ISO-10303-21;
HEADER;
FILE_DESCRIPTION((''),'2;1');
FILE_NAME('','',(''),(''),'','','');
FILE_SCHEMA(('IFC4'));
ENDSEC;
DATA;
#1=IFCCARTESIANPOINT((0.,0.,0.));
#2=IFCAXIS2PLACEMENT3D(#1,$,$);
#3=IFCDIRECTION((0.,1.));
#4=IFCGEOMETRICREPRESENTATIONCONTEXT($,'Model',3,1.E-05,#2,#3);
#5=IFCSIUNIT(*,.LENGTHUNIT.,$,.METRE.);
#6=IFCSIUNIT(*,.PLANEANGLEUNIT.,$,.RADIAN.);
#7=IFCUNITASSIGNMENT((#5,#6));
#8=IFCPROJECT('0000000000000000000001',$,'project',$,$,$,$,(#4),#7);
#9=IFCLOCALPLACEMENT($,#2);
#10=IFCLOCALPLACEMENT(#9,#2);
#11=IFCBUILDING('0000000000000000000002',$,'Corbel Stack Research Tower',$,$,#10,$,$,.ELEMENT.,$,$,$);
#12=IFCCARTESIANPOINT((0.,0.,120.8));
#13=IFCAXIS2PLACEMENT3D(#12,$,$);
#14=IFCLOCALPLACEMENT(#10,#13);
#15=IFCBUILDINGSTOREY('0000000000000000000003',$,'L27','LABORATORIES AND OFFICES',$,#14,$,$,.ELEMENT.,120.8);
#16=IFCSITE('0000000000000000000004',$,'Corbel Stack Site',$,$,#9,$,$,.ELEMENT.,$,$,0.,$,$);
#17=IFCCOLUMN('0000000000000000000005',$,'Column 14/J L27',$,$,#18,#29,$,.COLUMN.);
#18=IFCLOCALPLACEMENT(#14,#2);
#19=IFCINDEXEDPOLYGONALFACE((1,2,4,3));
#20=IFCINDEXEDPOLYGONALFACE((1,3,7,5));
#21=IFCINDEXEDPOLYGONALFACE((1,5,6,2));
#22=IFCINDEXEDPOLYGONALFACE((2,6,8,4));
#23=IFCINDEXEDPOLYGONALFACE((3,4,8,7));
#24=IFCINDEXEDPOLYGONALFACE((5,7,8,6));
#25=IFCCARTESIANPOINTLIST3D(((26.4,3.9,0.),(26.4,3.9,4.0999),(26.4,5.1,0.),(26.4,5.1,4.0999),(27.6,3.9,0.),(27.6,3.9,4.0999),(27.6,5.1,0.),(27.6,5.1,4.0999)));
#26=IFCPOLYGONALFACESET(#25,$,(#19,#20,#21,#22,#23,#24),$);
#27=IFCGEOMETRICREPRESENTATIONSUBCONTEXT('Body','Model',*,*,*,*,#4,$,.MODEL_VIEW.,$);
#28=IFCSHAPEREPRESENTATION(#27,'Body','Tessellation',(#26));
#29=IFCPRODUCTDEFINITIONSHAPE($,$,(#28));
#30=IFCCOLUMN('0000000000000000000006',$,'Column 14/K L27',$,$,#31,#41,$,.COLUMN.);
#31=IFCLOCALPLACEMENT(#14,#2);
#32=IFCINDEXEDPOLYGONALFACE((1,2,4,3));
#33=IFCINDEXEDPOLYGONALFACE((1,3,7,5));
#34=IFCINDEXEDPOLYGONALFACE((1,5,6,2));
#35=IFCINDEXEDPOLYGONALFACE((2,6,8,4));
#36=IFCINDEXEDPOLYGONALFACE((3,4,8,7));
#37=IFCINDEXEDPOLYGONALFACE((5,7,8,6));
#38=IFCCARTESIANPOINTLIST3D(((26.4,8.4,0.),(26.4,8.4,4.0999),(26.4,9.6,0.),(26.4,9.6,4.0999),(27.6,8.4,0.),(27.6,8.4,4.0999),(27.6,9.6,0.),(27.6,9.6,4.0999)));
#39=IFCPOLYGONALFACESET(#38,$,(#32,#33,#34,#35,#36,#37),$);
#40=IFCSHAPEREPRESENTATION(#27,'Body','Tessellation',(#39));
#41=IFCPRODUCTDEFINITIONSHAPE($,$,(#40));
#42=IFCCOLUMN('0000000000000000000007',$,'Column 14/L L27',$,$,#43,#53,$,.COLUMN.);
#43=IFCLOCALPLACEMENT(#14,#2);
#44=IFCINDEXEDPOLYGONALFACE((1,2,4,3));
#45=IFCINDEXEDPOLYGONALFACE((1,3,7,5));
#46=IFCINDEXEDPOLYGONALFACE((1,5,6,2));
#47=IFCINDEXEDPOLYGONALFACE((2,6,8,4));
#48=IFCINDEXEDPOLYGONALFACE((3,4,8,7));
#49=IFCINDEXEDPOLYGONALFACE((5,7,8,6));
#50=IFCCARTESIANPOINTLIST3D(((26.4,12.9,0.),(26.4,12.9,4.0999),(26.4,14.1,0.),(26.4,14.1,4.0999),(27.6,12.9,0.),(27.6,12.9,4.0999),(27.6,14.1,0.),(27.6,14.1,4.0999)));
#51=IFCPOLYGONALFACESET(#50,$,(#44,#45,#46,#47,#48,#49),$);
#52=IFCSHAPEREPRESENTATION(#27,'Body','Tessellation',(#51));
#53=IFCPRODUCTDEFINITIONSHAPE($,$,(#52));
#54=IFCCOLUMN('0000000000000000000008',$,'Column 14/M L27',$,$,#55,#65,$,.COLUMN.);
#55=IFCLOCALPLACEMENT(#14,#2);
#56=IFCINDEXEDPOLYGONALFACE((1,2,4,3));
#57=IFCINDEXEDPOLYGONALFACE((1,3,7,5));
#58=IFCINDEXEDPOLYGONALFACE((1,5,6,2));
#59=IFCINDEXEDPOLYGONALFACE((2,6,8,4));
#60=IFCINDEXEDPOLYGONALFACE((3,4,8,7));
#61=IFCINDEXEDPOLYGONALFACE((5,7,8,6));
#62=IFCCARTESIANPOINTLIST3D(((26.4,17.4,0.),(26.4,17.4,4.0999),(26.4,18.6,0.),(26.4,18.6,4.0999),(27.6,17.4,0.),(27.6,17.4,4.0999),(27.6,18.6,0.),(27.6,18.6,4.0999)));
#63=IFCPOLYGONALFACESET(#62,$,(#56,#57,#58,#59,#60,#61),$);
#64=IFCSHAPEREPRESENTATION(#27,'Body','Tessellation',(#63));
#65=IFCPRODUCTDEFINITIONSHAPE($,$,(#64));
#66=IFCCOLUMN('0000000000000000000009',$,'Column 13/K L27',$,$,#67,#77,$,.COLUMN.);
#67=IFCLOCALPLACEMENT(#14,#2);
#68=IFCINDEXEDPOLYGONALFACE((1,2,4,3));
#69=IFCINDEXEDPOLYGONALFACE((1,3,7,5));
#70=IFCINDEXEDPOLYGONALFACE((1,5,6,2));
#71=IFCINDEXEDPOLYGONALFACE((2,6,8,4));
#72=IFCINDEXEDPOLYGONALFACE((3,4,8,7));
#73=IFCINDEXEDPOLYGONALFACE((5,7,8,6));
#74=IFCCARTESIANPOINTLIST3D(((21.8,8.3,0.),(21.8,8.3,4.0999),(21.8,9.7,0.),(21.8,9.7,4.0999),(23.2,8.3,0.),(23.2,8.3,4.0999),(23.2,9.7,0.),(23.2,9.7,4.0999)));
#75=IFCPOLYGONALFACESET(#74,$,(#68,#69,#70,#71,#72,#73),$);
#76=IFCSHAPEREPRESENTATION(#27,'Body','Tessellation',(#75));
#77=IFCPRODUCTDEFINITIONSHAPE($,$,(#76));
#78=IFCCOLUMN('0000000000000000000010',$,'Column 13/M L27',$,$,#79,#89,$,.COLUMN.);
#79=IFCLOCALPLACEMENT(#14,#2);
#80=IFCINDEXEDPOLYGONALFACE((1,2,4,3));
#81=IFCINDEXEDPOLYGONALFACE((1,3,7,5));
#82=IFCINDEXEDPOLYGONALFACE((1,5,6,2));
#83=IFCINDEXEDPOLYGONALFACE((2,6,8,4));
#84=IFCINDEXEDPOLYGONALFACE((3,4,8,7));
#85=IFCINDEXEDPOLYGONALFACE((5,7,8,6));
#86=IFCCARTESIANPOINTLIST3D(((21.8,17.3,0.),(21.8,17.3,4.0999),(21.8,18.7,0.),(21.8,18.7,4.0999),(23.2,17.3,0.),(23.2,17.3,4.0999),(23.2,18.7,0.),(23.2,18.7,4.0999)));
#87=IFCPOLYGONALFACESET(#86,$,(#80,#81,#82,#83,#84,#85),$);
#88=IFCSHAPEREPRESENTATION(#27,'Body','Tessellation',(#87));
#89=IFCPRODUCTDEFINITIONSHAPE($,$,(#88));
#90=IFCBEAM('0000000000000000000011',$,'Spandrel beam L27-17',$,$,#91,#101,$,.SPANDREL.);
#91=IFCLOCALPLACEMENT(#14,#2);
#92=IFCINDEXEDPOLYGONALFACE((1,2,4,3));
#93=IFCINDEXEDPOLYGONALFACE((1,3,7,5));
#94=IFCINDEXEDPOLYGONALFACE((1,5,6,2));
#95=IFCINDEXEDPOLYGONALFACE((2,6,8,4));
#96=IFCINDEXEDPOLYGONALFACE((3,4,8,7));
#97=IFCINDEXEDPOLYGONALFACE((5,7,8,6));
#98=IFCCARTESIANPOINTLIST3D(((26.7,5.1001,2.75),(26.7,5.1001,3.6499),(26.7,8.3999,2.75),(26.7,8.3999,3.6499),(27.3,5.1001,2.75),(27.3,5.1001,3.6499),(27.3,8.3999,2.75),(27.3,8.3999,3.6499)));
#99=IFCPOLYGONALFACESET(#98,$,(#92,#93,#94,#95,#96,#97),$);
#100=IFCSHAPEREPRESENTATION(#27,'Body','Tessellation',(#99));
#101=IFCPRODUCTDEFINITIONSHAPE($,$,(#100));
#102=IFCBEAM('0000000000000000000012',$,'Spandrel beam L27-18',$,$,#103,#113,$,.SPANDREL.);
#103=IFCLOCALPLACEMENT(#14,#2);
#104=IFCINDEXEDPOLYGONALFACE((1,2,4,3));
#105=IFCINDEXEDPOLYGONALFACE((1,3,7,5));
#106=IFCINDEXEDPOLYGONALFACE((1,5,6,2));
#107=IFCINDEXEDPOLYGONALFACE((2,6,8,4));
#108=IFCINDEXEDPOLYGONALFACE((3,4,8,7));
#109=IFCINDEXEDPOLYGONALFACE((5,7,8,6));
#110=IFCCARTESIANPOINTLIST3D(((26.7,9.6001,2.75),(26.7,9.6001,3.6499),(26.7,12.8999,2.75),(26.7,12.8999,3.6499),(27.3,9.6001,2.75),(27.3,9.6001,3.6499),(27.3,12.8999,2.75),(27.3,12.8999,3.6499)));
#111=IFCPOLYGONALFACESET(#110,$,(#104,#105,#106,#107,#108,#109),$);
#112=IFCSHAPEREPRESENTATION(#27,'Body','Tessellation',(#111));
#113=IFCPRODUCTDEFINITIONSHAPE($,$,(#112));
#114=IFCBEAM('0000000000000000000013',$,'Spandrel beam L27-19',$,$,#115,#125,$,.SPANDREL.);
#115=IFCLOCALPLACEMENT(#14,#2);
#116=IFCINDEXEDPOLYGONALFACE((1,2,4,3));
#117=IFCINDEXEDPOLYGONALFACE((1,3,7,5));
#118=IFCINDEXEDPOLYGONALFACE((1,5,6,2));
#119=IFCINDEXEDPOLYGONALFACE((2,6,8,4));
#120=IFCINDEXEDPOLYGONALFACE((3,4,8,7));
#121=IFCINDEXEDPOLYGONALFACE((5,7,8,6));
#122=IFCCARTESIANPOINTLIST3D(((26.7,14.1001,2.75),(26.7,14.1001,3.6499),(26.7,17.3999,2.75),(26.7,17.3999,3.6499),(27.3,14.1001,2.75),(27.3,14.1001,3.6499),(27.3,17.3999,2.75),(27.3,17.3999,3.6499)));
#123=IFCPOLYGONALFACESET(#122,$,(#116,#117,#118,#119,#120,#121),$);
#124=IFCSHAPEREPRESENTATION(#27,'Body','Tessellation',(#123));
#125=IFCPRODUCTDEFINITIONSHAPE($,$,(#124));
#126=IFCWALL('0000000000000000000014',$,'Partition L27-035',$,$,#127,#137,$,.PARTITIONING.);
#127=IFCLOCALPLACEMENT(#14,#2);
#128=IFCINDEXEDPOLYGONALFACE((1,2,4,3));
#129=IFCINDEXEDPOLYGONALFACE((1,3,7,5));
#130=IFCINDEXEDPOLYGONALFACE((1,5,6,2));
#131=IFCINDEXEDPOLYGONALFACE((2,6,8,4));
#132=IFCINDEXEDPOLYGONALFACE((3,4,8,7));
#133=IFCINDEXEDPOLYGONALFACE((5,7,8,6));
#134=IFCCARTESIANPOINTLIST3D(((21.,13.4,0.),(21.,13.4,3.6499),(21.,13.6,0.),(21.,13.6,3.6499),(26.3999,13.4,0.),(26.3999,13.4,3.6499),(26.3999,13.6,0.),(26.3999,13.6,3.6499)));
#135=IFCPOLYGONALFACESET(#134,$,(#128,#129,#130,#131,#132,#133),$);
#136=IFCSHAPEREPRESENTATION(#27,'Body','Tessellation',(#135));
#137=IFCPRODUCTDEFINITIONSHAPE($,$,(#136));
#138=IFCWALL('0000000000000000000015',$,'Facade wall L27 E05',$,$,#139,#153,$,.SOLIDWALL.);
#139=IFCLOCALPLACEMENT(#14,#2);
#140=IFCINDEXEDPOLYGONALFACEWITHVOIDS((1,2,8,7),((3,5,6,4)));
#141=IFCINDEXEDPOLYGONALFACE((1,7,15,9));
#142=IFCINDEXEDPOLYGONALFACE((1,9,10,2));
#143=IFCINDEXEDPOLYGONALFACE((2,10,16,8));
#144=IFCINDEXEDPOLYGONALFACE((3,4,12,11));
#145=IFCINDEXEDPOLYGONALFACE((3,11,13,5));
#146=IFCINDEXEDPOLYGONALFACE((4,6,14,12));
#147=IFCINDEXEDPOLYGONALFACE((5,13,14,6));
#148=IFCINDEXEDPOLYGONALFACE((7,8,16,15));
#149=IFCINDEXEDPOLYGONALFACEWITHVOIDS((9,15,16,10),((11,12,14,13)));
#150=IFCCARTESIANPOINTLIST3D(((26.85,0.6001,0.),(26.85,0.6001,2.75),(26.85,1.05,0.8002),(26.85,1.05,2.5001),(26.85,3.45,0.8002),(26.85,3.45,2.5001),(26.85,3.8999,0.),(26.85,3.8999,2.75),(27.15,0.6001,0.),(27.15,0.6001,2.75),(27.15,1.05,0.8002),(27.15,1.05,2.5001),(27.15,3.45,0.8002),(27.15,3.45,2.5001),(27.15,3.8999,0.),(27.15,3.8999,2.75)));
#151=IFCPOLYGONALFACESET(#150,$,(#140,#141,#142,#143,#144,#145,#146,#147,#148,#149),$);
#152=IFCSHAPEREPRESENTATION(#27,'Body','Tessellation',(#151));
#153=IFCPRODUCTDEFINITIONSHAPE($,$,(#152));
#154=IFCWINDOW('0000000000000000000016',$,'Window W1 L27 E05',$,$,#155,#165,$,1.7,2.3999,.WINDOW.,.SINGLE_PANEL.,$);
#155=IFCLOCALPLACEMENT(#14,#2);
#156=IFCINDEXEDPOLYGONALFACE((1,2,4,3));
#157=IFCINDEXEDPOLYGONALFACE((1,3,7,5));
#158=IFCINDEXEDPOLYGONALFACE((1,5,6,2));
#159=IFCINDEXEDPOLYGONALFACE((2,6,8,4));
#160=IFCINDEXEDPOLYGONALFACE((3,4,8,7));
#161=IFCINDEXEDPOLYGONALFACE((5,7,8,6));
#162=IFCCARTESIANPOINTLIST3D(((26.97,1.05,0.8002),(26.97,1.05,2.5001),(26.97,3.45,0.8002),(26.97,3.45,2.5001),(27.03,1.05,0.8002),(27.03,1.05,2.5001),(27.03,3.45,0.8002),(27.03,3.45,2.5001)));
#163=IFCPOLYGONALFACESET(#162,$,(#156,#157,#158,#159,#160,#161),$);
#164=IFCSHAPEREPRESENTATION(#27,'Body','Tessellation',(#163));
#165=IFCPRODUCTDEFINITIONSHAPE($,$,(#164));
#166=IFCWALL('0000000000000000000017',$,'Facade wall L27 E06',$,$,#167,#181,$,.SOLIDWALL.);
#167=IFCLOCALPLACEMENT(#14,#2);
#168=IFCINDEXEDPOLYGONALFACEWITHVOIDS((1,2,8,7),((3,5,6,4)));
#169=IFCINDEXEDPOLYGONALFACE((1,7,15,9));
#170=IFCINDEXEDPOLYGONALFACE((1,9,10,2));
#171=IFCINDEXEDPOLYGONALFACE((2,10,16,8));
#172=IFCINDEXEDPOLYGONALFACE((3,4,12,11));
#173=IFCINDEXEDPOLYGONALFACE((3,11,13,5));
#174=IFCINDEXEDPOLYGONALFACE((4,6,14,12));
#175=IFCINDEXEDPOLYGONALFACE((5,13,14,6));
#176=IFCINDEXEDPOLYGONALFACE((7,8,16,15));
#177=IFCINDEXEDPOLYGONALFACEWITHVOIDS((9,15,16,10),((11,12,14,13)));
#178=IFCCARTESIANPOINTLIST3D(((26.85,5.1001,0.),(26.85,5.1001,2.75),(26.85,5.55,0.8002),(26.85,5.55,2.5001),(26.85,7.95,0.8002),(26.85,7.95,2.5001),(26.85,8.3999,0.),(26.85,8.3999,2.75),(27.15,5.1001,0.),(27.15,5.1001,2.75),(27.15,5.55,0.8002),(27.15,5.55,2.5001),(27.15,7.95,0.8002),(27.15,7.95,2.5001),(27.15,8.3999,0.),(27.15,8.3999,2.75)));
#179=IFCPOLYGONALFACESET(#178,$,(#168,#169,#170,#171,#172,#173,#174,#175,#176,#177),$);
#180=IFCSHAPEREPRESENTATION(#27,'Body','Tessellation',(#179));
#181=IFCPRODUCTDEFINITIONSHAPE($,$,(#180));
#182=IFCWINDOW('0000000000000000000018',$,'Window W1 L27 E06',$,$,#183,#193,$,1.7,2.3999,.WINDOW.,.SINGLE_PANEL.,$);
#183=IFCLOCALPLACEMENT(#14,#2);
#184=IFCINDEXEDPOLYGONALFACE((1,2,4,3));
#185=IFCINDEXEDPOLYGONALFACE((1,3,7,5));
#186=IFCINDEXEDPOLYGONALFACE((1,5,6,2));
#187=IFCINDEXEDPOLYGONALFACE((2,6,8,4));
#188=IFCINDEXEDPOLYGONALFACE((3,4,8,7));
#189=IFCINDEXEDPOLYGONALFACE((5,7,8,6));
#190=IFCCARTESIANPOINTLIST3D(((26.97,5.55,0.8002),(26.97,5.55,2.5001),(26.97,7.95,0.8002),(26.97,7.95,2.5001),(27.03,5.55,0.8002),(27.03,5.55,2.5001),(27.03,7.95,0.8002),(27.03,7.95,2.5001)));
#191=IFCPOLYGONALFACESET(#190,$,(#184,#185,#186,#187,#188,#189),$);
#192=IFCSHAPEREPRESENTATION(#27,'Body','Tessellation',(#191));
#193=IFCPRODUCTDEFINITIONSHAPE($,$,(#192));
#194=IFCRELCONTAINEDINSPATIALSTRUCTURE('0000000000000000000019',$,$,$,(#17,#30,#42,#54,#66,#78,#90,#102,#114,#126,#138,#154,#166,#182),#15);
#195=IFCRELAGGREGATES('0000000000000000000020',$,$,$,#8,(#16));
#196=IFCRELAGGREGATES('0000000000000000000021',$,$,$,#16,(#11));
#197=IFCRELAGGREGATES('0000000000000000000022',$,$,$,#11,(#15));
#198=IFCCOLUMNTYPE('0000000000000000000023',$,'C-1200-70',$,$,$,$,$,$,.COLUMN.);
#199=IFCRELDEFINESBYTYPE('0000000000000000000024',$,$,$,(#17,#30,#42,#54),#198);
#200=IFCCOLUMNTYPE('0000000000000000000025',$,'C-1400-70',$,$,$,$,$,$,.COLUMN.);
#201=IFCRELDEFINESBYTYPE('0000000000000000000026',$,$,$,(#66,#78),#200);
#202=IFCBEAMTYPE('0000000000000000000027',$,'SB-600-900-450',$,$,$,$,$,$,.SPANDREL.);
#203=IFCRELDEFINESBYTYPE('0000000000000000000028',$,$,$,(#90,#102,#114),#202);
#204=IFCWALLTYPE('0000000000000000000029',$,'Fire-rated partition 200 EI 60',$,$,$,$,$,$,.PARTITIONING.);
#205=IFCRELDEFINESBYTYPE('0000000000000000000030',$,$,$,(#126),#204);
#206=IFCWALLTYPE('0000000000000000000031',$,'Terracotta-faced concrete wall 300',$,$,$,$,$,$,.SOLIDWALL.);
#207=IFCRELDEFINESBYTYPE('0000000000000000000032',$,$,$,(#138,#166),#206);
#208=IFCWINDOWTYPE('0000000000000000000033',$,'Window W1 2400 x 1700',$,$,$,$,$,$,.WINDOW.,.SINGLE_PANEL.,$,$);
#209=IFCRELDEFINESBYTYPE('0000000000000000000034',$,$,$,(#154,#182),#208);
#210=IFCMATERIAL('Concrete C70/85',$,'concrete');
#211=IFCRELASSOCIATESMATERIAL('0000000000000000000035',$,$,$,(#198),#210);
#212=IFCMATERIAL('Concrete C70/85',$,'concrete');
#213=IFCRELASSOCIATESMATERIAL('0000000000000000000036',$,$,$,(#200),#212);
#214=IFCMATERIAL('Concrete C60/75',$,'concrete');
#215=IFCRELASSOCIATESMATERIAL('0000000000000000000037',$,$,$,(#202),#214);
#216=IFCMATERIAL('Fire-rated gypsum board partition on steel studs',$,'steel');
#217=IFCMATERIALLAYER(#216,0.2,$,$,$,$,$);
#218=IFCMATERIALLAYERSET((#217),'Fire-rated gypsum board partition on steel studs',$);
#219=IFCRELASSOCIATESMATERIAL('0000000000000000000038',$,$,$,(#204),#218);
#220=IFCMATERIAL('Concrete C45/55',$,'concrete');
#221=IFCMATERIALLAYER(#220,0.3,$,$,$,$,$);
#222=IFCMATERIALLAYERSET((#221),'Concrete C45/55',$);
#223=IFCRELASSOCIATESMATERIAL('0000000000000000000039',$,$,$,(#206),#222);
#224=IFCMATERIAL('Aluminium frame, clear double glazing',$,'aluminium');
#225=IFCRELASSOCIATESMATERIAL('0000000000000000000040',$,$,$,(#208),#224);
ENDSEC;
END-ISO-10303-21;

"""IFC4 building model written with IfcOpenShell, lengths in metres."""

from ifc_helpers import new_model, si_unit, direction, frame, frame_2d, origin, origin_2d, place, context, subcontext, project, spatial, rectangle, extrude, material, layer, layer_set, material_profile, profile_set, type_object, element, fill, save


model = new_model("IFC4")

# Units and contexts
model_context = context("Model", 3, precision=1e-05, world=origin(), true_north=direction((0.0, 1.0)))
body_context = subcontext(model_context, "Body", "Model", "MODEL_VIEW")
ifc_project = project(units=[si_unit("LENGTHUNIT", "METRE"), si_unit("PLANEANGLEUNIT", "RADIAN")], contexts=[model_context])

# Site, building, storey
site_placement = place(None, origin())
site = spatial("IfcSite", under=ifc_project, at=site_placement, Name="Corbel Stack Site", CompositionType="ELEMENT", RefElevation=0.0)
building_placement = place(site_placement, origin())
building = spatial("IfcBuilding", under=site, at=building_placement, Name="Corbel Stack Research Tower", CompositionType="ELEMENT")
storey_placement = place(building_placement, frame((0.0, 0.0, 120.8)))
storey = spatial("IfcBuildingStorey", under=building, at=storey_placement, Name="L27", Description="LABORATORIES AND OFFICES", CompositionType="ELEMENT", Elevation=120.8)

# Columns
ifc_material_1 = material(Name="Concrete C70/85", Category="concrete")
ifc_material_profile_1 = material_profile(ifc_material_1, rectangle(XDim=1.2, YDim=1.2, at=origin_2d()), Name="RC 1200 x 1200")
ifc_profile_set_1 = profile_set([ifc_material_profile_1], Name="Concrete C70/85")
column_type_1 = type_object("IfcColumnType", Name="C-1200-70", PredefinedType="COLUMN", material=ifc_profile_set_1)
for number, where, z_axis, x_axis, name in (
    (1, (27.0, 4.5, 0.0), (0.0, 0.0, 1.0), (1.0, 0.0, 0.0), "Column 14/J L27"),
    (2, (27.0, 9.0, 0.0), (0.0, 0.0, 1.0), (1.0, 0.0, 0.0), "Column 14/K L27"),
    (3, (27.0, 13.5, 0.0), (0.0, 0.0, 1.0), (1.0, 0.0, 0.0), "Column 14/L L27"),
    (4, (27.0, 18.0, 0.0), (0.0, 0.0, 1.0), (1.0, 0.0, 0.0), "Column 14/M L27"),
):
    element("IfcColumn", number, at=place(storey_placement, frame(where, z_axis=z_axis, x_axis=x_axis)), inside=storey, type_object=column_type_1, Name=name, PredefinedType="COLUMN", context=body_context, shape_type="SweptSolid", body=[
        extrude(rectangle(XDim=1.2, YDim=1.2, at=origin_2d()), origin(), (0.0, 0.0, 1.0), 4.0999),
    ])
ifc_material_2 = material(Name="Concrete C70/85", Category="concrete")
ifc_material_profile_2 = material_profile(ifc_material_2, rectangle(XDim=1.3999, YDim=1.3999, at=origin_2d()), Name="RC 1400 x 1400")
ifc_profile_set_2 = profile_set([ifc_material_profile_2], Name="Concrete C70/85")
column_type_2 = type_object("IfcColumnType", Name="C-1400-70", PredefinedType="COLUMN", material=ifc_profile_set_2)
for number, where, z_axis, x_axis, name in (
    (5, (22.5, 9.0, 0.0), (0.0, 0.0, 1.0), (1.0, 0.0, 0.0), "Column 13/K L27"),
    (6, (22.5, 18.0, 0.0), (0.0, 0.0, 1.0), (1.0, 0.0, 0.0), "Column 13/M L27"),
):
    element("IfcColumn", number, at=place(storey_placement, frame(where, z_axis=z_axis, x_axis=x_axis)), inside=storey, type_object=column_type_2, Name=name, PredefinedType="COLUMN", context=body_context, shape_type="SweptSolid", body=[
        extrude(rectangle(XDim=1.3999, YDim=1.3999, at=origin_2d()), origin(), (0.0, 0.0, 1.0), 4.0999),
    ])

# Beams
ifc_material_3 = material(Name="Concrete C60/75", Category="concrete")
ifc_material_profile_3 = material_profile(ifc_material_3, rectangle(XDim=0.6001, YDim=0.8999, at=origin_2d()), Name="RC 600 x 900")
ifc_profile_set_3 = profile_set([ifc_material_profile_3], Name="Concrete C60/75")
beam_type = type_object("IfcBeamType", Name="SB-600-900-450", PredefinedType="SPANDREL", material=ifc_profile_set_3)
for number, where, z_axis, x_axis, name in (
    (7, (27.0, 5.1001, 3.2), (0.0, 1.0, 0.0), (-1.0, 0.0, 0.0), "Spandrel beam L27-17"),
    (8, (27.0, 9.6001, 3.2), (0.0, 1.0, 0.0), (-1.0, 0.0, 0.0), "Spandrel beam L27-18"),
    (9, (27.0, 14.1001, 3.2), (0.0, 1.0, 0.0), (-1.0, 0.0, 0.0), "Spandrel beam L27-19"),
):
    element("IfcBeam", number, at=place(storey_placement, frame(where, z_axis=z_axis, x_axis=x_axis)), inside=storey, type_object=beam_type, Name=name, PredefinedType="SPANDREL", context=body_context, shape_type="SweptSolid", body=[
        extrude(rectangle(XDim=0.6001, YDim=0.8999, at=origin_2d()), origin(), (0.0, 0.0, 1.0), 3.2998),
    ])

# Wall
ifc_material_4 = material(Name="Fire-rated gypsum board partition on steel studs", Category="steel")
ifc_layer_1 = layer(ifc_material_4, 0.2)
ifc_layer_set_1 = layer_set([ifc_layer_1], Name="Fire-rated gypsum board partition on steel studs")
wall_type_1 = type_object("IfcWallType", Name="Fire-rated partition 200 EI 60", PredefinedType="PARTITIONING", material=ifc_layer_set_1)
wall_1_placement = place(storey_placement, frame((21.0, 13.5, 0.0), z_axis=(0.0, 0.0, 1.0), x_axis=(1.0, 0.0, 0.0)))
element("IfcWall", 10, at=wall_1_placement, inside=storey, type_object=wall_type_1, Name="Partition L27-035", PredefinedType="PARTITIONING", context=body_context, shape_type="SweptSolid", body=[
    extrude(rectangle(XDim=5.3999, YDim=0.2, at=frame_2d((2.7, 0.0))), origin(), (0.0, 0.0, 1.0), 3.6499),
])

# Walls, openings, windows
ifc_material_5 = material(Name="Concrete C45/55", Category="concrete")
ifc_layer_2 = layer(ifc_material_5, 0.3)
ifc_layer_set_2 = layer_set([ifc_layer_2], Name="Concrete C45/55")
wall_type_2 = type_object("IfcWallType", Name="Terracotta-faced concrete wall 300", PredefinedType="SOLIDWALL", material=ifc_layer_set_2)
wall_2_placement = place(storey_placement, frame((27.0, 3.8999, 0.0), z_axis=(0.0, 0.0, 1.0), x_axis=(0.0, -1.0, 0.0)))
wall_2 = element("IfcWall", 11, at=wall_2_placement, inside=storey, type_object=wall_type_2, Name="Facade wall L27 E05", PredefinedType="SOLIDWALL", context=body_context, shape_type="SweptSolid", body=[
    extrude(rectangle(XDim=3.2998, YDim=0.3, at=frame_2d((1.6499, 0.0))), origin(), (0.0, 0.0, 1.0), 2.75),
])
opening_1_placement = place(wall_2_placement, frame((0.45, 0.0, 0.8)))
opening_1 = element("IfcOpeningElement", 12, at=opening_1_placement, cuts=wall_2, PredefinedType="OPENING", context=body_context, shape_type="SweptSolid", body=[
    extrude(rectangle(XDim=2.3999, YDim=1.7, at=frame_2d((1.2, 0.8501))), frame((0.0, 0.1599, 0.0), z_axis=(0.0, -1.0, 0.0), x_axis=(1.0, 0.0, 0.0)), (0.0, 0.0, 1.0), 0.3201),
])
ifc_material_6 = material(Name="Aluminium frame, clear double glazing", Category="aluminium")
window_type = type_object("IfcWindowType", Name="Window W1 2400 x 1700", PartitioningType="SINGLE_PANEL", PredefinedType="WINDOW", material=ifc_material_6)
window_1_placement = place(opening_1_placement, origin())
window_1 = element("IfcWindow", 13, at=window_1_placement, inside=storey, type_object=window_type, Name="Window W1 L27 E05", OverallHeight=1.7, OverallWidth=2.3999, PartitioningType="SINGLE_PANEL", PredefinedType="WINDOW", context=body_context, shape_type="SweptSolid", body=[
    extrude(rectangle(XDim=2.3999, YDim=1.7, at=frame_2d((1.2, 0.8501))), frame((0.0, 0.03, 0.0), z_axis=(0.0, -1.0, 0.0), x_axis=(1.0, 0.0, 0.0)), (0.0, 0.0, 1.0), 0.0601),
])
fill(opening_1, window_1)
wall_3_placement = place(storey_placement, frame((27.0, 8.3999, 0.0), z_axis=(0.0, 0.0, 1.0), x_axis=(0.0, -1.0, 0.0)))
wall_3 = element("IfcWall", 14, at=wall_3_placement, inside=storey, type_object=wall_type_2, Name="Facade wall L27 E06", PredefinedType="SOLIDWALL", context=body_context, shape_type="SweptSolid", body=[
    extrude(rectangle(XDim=3.2998, YDim=0.3, at=frame_2d((1.6499, 0.0))), origin(), (0.0, 0.0, 1.0), 2.75),
])
opening_2_placement = place(wall_3_placement, frame((0.45, 0.0, 0.8)))
opening_2 = element("IfcOpeningElement", 15, at=opening_2_placement, cuts=wall_3, PredefinedType="OPENING", context=body_context, shape_type="SweptSolid", body=[
    extrude(rectangle(XDim=2.3999, YDim=1.7, at=frame_2d((1.2, 0.8501))), frame((0.0, 0.1599, 0.0), z_axis=(0.0, -1.0, 0.0), x_axis=(1.0, 0.0, 0.0)), (0.0, 0.0, 1.0), 0.3201),
])
window_2_placement = place(opening_2_placement, origin())
window_2 = element("IfcWindow", 16, at=window_2_placement, inside=storey, type_object=window_type, Name="Window W1 L27 E06", OverallHeight=1.7, OverallWidth=2.3999, PartitioningType="SINGLE_PANEL", PredefinedType="WINDOW", context=body_context, shape_type="SweptSolid", body=[
    extrude(rectangle(XDim=2.3999, YDim=1.7, at=frame_2d((1.2, 0.8501))), frame((0.0, 0.03, 0.0), z_axis=(0.0, -1.0, 0.0), x_axis=(1.0, 0.0, 0.0)), (0.0, 0.0, 1.0), 0.0601),
])
fill(opening_2, window_2)

save(model, "model.ifc")
